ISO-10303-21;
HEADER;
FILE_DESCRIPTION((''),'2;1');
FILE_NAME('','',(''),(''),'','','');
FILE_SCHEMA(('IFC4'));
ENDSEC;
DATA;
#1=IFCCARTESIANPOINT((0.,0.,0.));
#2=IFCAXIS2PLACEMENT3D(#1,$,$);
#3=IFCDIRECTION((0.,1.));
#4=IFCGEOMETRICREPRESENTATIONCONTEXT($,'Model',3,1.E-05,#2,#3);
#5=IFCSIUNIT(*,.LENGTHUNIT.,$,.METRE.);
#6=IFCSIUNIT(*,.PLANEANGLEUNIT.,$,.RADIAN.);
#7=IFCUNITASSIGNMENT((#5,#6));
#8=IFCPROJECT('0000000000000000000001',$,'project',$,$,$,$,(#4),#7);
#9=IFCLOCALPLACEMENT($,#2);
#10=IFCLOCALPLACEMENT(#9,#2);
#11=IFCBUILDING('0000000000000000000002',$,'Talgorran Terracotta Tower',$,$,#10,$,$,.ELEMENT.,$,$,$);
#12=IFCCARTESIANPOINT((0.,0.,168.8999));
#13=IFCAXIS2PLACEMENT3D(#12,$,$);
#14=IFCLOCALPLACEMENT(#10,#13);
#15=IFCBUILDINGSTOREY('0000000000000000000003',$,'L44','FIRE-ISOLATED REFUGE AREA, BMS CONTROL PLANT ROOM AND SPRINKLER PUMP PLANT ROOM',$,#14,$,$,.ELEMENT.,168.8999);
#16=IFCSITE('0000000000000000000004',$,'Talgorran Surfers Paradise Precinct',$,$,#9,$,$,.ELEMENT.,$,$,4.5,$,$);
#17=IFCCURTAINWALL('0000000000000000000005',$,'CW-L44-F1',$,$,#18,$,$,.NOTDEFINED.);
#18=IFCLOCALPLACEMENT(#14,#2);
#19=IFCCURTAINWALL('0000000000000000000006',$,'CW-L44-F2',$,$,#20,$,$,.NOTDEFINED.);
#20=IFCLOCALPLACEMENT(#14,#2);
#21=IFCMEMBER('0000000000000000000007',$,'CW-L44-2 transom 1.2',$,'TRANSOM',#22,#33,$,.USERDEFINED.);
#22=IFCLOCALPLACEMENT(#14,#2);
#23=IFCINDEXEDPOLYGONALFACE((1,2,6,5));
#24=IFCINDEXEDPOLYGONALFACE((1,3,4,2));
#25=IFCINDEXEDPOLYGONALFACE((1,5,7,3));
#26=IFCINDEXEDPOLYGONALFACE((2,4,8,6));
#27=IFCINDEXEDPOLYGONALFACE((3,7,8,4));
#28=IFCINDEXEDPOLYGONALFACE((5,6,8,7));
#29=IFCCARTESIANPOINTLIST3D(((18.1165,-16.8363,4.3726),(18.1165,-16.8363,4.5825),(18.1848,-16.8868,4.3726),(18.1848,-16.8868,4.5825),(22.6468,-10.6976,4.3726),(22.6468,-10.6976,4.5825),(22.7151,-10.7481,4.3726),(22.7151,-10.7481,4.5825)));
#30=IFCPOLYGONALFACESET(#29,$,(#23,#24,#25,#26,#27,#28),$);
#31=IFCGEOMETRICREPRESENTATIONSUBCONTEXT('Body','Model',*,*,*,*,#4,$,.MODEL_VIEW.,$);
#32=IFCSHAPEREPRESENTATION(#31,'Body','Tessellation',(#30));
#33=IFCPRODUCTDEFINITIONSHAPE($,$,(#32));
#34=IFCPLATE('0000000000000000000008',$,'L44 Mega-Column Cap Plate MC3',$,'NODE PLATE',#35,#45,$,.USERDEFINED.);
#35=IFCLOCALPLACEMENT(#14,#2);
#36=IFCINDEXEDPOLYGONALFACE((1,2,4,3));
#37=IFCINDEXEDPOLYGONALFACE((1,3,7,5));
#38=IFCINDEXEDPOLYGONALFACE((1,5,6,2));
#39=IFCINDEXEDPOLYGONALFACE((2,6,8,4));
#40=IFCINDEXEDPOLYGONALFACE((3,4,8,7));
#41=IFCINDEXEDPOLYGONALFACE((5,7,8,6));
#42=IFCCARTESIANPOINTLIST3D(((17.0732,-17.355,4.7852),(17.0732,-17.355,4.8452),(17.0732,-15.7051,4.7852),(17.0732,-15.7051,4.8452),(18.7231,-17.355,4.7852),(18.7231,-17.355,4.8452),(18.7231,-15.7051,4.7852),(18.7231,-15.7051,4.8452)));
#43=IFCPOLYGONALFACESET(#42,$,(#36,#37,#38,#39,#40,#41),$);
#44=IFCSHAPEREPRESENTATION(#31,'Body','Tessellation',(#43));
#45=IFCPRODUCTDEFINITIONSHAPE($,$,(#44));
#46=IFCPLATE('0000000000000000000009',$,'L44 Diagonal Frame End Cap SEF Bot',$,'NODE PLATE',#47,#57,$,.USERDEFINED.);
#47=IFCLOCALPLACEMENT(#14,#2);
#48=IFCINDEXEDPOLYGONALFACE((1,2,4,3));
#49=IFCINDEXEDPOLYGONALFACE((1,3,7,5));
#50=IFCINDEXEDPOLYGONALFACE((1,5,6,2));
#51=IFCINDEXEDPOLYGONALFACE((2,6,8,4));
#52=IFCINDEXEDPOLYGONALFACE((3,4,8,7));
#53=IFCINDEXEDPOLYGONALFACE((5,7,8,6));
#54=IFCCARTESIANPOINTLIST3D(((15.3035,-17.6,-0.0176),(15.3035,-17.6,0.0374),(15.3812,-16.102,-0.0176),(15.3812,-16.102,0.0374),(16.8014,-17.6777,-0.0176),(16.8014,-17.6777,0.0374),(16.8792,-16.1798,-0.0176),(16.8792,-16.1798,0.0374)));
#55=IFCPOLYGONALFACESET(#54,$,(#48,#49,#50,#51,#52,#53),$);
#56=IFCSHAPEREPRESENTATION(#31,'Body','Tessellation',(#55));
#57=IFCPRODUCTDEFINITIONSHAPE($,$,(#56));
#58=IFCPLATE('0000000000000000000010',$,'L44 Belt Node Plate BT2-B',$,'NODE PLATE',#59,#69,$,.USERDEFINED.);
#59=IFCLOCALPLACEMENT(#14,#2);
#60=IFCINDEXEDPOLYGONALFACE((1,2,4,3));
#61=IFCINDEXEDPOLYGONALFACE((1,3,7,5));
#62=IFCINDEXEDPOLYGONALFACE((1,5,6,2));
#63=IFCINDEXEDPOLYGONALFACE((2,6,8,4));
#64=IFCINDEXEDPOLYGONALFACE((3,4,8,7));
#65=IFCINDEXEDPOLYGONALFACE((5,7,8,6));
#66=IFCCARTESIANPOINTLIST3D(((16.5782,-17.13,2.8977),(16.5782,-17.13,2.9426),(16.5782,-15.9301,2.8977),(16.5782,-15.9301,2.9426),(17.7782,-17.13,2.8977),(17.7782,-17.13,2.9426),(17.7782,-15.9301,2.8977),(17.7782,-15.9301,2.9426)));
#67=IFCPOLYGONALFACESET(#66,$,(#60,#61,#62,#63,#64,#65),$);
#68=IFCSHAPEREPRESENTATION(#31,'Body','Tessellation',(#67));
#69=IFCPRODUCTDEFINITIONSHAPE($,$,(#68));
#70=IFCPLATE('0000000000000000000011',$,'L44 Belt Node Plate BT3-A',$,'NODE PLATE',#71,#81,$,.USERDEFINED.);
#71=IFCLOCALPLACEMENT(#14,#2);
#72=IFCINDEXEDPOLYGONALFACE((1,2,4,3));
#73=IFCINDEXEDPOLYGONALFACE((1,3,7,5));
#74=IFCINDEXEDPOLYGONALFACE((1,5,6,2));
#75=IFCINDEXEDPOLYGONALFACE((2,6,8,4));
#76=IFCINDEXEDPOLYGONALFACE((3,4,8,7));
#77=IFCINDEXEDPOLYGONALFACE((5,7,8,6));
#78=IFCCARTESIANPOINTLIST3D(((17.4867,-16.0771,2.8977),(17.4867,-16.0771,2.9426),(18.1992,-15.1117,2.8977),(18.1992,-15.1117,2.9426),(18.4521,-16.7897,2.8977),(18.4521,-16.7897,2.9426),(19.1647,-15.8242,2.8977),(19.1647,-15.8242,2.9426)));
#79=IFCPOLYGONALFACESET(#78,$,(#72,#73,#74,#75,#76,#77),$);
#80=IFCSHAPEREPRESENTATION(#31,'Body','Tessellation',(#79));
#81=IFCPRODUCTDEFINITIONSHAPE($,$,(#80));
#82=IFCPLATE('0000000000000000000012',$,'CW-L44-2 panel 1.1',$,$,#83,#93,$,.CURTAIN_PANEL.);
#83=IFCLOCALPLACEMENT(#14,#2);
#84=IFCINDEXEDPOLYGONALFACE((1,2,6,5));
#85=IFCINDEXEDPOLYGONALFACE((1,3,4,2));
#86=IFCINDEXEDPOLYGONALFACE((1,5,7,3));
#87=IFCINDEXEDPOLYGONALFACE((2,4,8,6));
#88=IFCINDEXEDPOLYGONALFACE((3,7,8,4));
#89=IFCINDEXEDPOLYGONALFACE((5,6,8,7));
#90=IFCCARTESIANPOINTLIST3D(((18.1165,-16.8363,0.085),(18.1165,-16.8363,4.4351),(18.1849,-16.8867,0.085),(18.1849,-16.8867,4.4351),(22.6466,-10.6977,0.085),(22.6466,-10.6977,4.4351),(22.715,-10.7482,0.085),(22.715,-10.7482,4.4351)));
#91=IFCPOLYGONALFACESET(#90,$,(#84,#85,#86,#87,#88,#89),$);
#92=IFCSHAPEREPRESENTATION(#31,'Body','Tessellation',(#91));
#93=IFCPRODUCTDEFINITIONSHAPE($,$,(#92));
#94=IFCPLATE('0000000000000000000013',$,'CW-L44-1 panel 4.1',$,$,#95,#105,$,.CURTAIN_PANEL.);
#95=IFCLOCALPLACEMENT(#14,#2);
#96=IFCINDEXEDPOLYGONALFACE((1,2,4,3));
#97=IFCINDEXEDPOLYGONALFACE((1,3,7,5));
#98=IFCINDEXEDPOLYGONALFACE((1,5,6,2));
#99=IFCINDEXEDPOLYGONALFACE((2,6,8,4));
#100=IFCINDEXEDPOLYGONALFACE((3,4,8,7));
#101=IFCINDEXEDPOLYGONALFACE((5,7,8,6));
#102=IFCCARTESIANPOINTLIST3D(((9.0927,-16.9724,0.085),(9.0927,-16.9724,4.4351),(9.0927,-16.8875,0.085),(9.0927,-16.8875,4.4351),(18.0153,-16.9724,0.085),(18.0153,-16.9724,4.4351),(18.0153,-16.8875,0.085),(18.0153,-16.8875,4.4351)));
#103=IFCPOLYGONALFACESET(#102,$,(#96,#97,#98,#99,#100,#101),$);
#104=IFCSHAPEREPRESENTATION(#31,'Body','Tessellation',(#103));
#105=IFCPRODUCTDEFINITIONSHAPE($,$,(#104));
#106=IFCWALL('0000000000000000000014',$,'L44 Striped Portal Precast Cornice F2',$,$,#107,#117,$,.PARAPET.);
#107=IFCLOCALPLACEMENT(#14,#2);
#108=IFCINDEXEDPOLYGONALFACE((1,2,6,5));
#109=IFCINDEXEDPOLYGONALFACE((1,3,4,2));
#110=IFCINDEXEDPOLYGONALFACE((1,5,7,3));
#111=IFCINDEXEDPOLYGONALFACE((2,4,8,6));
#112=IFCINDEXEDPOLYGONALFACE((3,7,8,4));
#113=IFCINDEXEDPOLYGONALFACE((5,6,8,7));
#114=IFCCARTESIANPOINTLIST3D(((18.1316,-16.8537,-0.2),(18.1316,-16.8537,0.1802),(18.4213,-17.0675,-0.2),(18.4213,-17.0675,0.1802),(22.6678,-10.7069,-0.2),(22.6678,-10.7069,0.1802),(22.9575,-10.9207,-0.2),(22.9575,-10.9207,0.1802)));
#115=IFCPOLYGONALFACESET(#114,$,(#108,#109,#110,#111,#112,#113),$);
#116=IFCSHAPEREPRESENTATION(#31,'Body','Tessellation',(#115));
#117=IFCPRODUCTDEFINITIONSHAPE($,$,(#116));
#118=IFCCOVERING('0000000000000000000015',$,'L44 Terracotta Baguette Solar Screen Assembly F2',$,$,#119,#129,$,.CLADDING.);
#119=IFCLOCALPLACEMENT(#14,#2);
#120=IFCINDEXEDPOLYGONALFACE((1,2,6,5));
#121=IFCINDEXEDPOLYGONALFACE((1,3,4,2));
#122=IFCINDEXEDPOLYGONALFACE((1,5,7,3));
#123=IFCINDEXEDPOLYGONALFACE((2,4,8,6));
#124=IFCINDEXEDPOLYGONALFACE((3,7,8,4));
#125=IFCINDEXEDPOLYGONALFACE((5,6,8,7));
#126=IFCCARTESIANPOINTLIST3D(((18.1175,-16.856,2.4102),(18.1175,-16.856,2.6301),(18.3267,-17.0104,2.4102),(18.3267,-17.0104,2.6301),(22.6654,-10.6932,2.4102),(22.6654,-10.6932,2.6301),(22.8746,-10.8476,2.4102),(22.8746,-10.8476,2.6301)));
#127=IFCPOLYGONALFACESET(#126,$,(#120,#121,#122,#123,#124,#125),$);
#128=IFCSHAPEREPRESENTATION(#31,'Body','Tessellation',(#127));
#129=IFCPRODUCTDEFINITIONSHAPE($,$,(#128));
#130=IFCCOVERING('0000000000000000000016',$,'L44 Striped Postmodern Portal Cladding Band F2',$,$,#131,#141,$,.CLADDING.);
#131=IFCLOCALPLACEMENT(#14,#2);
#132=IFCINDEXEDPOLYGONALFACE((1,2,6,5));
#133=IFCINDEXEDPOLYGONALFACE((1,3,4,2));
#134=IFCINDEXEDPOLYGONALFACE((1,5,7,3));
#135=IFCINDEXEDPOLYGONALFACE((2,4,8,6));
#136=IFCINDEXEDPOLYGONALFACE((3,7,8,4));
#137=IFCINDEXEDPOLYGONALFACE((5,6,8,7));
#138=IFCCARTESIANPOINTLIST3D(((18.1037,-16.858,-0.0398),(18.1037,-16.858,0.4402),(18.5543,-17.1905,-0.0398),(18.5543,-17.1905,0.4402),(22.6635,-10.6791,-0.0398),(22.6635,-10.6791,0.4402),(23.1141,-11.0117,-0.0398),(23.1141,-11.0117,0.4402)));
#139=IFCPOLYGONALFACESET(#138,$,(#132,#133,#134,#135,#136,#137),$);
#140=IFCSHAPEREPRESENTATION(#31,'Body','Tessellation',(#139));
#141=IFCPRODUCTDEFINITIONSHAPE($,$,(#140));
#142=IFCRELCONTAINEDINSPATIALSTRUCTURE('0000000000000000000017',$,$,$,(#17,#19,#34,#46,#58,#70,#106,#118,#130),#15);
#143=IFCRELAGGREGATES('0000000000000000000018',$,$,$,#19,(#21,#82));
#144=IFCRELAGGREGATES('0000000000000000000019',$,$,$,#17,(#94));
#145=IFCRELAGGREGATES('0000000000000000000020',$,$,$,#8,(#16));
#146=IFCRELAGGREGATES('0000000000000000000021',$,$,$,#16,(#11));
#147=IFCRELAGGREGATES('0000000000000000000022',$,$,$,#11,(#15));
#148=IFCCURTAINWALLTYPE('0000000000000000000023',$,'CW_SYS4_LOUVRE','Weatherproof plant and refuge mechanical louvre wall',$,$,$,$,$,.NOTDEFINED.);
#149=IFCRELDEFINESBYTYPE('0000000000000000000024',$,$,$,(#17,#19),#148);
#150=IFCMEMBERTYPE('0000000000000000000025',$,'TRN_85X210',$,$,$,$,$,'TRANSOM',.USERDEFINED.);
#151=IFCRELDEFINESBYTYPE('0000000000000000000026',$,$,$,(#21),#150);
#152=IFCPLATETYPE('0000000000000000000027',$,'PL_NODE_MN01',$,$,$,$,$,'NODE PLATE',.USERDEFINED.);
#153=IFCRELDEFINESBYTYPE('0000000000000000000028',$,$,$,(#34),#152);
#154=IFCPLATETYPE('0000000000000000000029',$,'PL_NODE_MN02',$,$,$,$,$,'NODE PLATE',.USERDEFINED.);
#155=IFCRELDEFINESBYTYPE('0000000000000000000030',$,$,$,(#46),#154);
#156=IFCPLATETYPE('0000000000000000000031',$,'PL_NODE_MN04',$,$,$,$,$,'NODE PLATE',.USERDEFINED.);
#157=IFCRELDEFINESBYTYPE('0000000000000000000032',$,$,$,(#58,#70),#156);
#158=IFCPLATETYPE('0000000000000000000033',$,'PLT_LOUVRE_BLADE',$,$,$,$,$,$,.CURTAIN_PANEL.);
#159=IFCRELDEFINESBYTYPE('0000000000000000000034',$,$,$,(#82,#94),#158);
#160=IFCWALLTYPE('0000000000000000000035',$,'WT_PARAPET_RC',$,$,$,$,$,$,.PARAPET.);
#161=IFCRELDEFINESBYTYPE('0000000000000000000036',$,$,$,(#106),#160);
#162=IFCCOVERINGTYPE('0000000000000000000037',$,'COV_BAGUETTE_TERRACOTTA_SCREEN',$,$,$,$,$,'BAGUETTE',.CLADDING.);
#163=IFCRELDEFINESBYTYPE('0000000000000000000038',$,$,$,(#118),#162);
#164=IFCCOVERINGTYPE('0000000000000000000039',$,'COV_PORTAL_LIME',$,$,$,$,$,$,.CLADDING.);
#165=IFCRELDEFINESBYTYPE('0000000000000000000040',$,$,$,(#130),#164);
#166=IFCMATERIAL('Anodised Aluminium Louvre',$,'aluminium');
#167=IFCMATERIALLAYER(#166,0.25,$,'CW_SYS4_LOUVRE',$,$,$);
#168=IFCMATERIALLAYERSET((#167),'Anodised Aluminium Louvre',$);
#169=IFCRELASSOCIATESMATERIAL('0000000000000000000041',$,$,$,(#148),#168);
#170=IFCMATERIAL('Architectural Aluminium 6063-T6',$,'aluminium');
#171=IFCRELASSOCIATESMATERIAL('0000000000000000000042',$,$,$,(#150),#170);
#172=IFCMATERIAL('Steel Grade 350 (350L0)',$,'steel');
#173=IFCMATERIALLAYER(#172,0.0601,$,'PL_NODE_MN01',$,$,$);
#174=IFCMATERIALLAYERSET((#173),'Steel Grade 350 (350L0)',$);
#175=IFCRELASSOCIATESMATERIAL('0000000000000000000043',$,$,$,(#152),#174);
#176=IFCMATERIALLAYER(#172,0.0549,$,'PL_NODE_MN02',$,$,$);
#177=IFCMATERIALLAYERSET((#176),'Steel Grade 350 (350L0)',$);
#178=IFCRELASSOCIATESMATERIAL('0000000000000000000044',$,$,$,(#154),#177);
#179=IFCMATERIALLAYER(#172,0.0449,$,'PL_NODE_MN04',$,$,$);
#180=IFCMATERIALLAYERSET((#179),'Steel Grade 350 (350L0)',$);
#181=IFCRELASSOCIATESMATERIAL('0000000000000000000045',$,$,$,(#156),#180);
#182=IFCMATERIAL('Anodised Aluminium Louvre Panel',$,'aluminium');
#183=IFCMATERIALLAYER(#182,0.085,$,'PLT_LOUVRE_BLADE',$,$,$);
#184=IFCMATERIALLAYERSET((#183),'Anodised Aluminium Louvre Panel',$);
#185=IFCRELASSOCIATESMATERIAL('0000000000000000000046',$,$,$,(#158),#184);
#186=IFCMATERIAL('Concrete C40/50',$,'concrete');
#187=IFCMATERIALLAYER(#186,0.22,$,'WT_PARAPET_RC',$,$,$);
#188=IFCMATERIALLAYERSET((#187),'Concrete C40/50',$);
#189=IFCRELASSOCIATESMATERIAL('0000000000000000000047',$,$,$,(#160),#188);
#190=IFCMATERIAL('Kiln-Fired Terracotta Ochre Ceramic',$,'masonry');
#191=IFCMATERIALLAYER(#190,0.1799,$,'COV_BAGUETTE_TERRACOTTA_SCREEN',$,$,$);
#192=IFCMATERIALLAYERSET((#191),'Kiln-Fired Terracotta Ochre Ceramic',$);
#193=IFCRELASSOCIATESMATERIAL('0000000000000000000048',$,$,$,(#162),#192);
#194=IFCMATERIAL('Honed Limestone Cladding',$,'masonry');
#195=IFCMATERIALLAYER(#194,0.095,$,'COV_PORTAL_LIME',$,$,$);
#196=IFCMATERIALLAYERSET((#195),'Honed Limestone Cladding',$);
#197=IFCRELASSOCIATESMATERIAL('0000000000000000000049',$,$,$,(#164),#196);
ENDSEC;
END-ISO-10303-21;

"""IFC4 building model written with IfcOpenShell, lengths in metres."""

from ifc_helpers import new_model, si_unit, direction, frame, frame_2d, origin, origin_2d, place, context, subcontext, project, spatial, rectangle, extrude, source, transform, mapped, material, layer, layer_set, material_profile, profile_set, type_object, type_shapes, element, aggregate, save


model = new_model("IFC4")

# Units and contexts
model_context = context("Model", 3, precision=1e-05, world=origin(), true_north=direction((0.0, 1.0)))
body_context = subcontext(model_context, "Body", "Model", "MODEL_VIEW")
ifc_project = project(units=[si_unit("LENGTHUNIT", "METRE"), si_unit("PLANEANGLEUNIT", "RADIAN")], contexts=[model_context])

# Site, building, storey
site_placement = place(None, origin())
site = spatial("IfcSite", under=ifc_project, at=site_placement, Name="Talgorran Surfers Paradise Precinct", CompositionType="ELEMENT", RefElevation=4.5)
building_placement = place(site_placement, origin())
building = spatial("IfcBuilding", under=site, at=building_placement, Name="Talgorran Terracotta Tower", CompositionType="ELEMENT")
storey_placement = place(building_placement, frame((0.0, 0.0, 168.8999)))
storey = spatial("IfcBuildingStorey", under=building, at=storey_placement, Name="L44", Description="FIRE-ISOLATED REFUGE AREA, BMS CONTROL PLANT ROOM AND SPRINKLER PUMP PLANT ROOM", CompositionType="ELEMENT", Elevation=168.8999)

# Shared definitions
ifc_material_1 = material(Name="Steel Grade 350 (350L0)", Category="steel")

# Curtain wall
ifc_material_2 = material(Name="Anodised Aluminium Louvre", Category="aluminium")
ifc_layer_1 = layer(ifc_material_2, 0.25, Name="CW_SYS4_LOUVRE")
ifc_layer_set_1 = layer_set([ifc_layer_1], Name="Anodised Aluminium Louvre")
curtain_wall_type = type_object("IfcCurtainWallType", Name="CW_SYS4_LOUVRE", Description="Weatherproof plant and refuge mechanical louvre wall", PredefinedType="NOTDEFINED", material=ifc_layer_set_1)
curtain_wall_1_placement = place(storey_placement, origin())
curtain_wall_1 = element("IfcCurtainWall", 1, at=curtain_wall_1_placement, inside=storey, type_object=curtain_wall_type, Name="CW-L44-F1", PredefinedType="NOTDEFINED")
ifc_material_3 = material(Name="Architectural Aluminium 6063-T6", Category="aluminium")

# Curtain wall, member
curtain_wall_2_placement = place(storey_placement, origin())
curtain_wall_2 = element("IfcCurtainWall", 2, at=curtain_wall_2_placement, inside=storey, type_object=curtain_wall_type, Name="CW-L44-F2", PredefinedType="NOTDEFINED")
ifc_material_profile_1 = material_profile(ifc_material_3, rectangle(XDim=0.085, YDim=0.21, at=origin_2d()), Name="CWT85X210")
ifc_profile_set_1 = profile_set([ifc_material_profile_1], Name="Architectural Aluminium 6063-T6")
member_type_1 = type_object("IfcMemberType", Name="TRN_85X210", ElementType="TRANSOM", PredefinedType="USERDEFINED", material=ifc_profile_set_1)
member_1_placement = place(storey_placement, frame((18.1506, -16.8616, 4.4775), z_axis=(0.593797, 0.804615, 0.0), x_axis=(-0.804615, 0.593797, 0.0)))
member_1 = element("IfcMember", 3, at=member_1_placement, type_object=member_type_1, Name="CW-L44-2 transom 1.2", ObjectType="TRANSOM", PredefinedType="USERDEFINED", context=body_context, shape_type="SweptSolid", body=[
    extrude(rectangle(XDim=0.085, YDim=0.21, at=origin_2d()), origin(), (0.0, 0.0, 1.0), 7.6294),
])

# Plates
ifc_layer_2 = layer(ifc_material_1, 0.0601, Name="PL_NODE_MN01")
ifc_layer_set_2 = layer_set([ifc_layer_2], Name="Steel Grade 350 (350L0)")
plate_type_1 = type_object("IfcPlateType", Name="PL_NODE_MN01", ElementType="NODE PLATE", PredefinedType="USERDEFINED", material=ifc_layer_set_2)
plate_1_placement = place(storey_placement, frame((17.8982, -16.53, 4.7852), z_axis=(0.0, 0.0, 1.0), x_axis=(1.0, 0.0, 0.0)))
element("IfcPlate", 4, at=plate_1_placement, inside=storey, type_object=plate_type_1, Name="L44 Mega-Column Cap Plate MC3", ObjectType="NODE PLATE", PredefinedType="USERDEFINED", context=body_context, shape_type="SweptSolid", body=[
    extrude(rectangle(XDim=1.6499, YDim=1.6499, at=origin_2d()), origin(), (0.0, 0.0, 1.0), 0.0601),
])
ifc_layer_3 = layer(ifc_material_1, 0.0549, Name="PL_NODE_MN02")
ifc_layer_set_3 = layer_set([ifc_layer_3], Name="Steel Grade 350 (350L0)")
plate_type_2 = type_object("IfcPlateType", Name="PL_NODE_MN02", ElementType="NODE PLATE", PredefinedType="USERDEFINED", material=ifc_layer_set_3)
plate_2_placement = place(storey_placement, frame((16.0913, -16.8899, -0.0176), z_axis=(0.0, 0.0, 1.0), x_axis=(-0.998657, 0.051813, 0.0)))
element("IfcPlate", 5, at=plate_2_placement, inside=storey, type_object=plate_type_2, Name="L44 Diagonal Frame End Cap SEF Bot", ObjectType="NODE PLATE", PredefinedType="USERDEFINED", context=body_context, shape_type="SweptSolid", body=[
    extrude(rectangle(XDim=1.5, YDim=1.5, at=origin_2d()), origin(), (0.0, 0.0, 1.0), 0.0549),
])
ifc_layer_4 = layer(ifc_material_1, 0.0449, Name="PL_NODE_MN04")
ifc_layer_set_4 = layer_set([ifc_layer_4], Name="Steel Grade 350 (350L0)")
plate_type_3 = type_object("IfcPlateType", Name="PL_NODE_MN04", ElementType="NODE PLATE", PredefinedType="USERDEFINED", material=ifc_layer_set_4)
for number, where, z_axis, x_axis, name in (
    (6, (17.1782, -16.53, 2.8977), (0.0, 0.0, 1.0), (1.0, 0.0, 0.0), "L44 Belt Node Plate BT2-B"),
    (7, (18.3257, -15.9507, 2.8977), (0.0, 0.0, 1.0), (0.59384, 0.804583, 0.0), "L44 Belt Node Plate BT3-A"),
):
    element("IfcPlate", number, at=place(storey_placement, frame(where, z_axis=z_axis, x_axis=x_axis)), inside=storey, type_object=plate_type_3, Name=name, ObjectType="NODE PLATE", PredefinedType="USERDEFINED", context=body_context, shape_type="SweptSolid", body=[
        extrude(rectangle(XDim=1.2, YDim=1.2, at=origin_2d()), origin(), (0.0, 0.0, 1.0), 0.0449),
    ])

# Plates
ifc_material_4 = material(Name="Anodised Aluminium Louvre Panel", Category="aluminium")
ifc_layer_5 = layer(ifc_material_4, 0.085, Name="PLT_LOUVRE_BLADE")
ifc_layer_set_5 = layer_set([ifc_layer_5], Name="Anodised Aluminium Louvre Panel")
plate_type_4 = type_object("IfcPlateType", Name="PLT_LOUVRE_BLADE", PredefinedType="CURTAIN_PANEL", material=ifc_layer_set_5)
shared_shape_1 = source(origin(), body_context, "Body", "SweptSolid", [
    extrude(rectangle(XDim=7.6292, YDim=0.085, at=origin_2d()), origin(), (0.0, 0.0, 1.0), 4.3501),
])
plate_3_placement = place(storey_placement, frame((20.4158, -13.7922, 0.085), z_axis=(0.0, 0.0, 1.0), x_axis=(0.593791, 0.80462, 0.0)))
plate_3 = element("IfcPlate", 8, at=plate_3_placement, type_object=plate_type_4, Name="CW-L44-2 panel 1.1", PredefinedType="CURTAIN_PANEL", context=body_context, shape_type="MappedRepresentation", body=[
    mapped(shared_shape_1, transform((0.0, 0.0, 0.0), scale=1.0)),
])
aggregate(curtain_wall_2, [member_1, plate_3])
shared_shape_2 = source(origin(), body_context, "Body", "SweptSolid", [
    extrude(rectangle(XDim=8.9226, YDim=0.085, at=origin_2d()), origin(), (0.0, 0.0, 1.0), 4.3501),
])
type_shapes(plate_type_4, [shared_shape_1, shared_shape_2])
plate_4_placement = place(storey_placement, frame((13.554, -16.9299, 0.085), z_axis=(0.0, 0.0, 1.0), x_axis=(1.0, 0.0, 0.0)))
plate_4 = element("IfcPlate", 9, at=plate_4_placement, type_object=plate_type_4, Name="CW-L44-1 panel 4.1", PredefinedType="CURTAIN_PANEL", context=body_context, shape_type="MappedRepresentation", body=[
    mapped(shared_shape_2, transform((0.0, 0.0, 0.0), scale=1.0)),
])
aggregate(curtain_wall_1, [plate_4])

# Wall
ifc_material_5 = material(Name="Concrete C40/50", Category="concrete")
ifc_layer_6 = layer(ifc_material_5, 0.22, Name="WT_PARAPET_RC")
ifc_layer_set_6 = layer_set([ifc_layer_6], Name="Concrete C40/50")
wall_type = type_object("IfcWallType", Name="WT_PARAPET_RC", PredefinedType="PARAPET", material=ifc_layer_set_6)
wall_placement = place(storey_placement, frame((18.2764, -16.9607, -0.2), z_axis=(0.0, 0.0, 1.0), x_axis=(0.59379, 0.80462, 0.0)))
element("IfcWall", 10, at=wall_placement, inside=storey, type_object=wall_type, Name="L44 Striped Portal Precast Cornice F2", PredefinedType="PARAPET", context=body_context, shape_type="SweptSolid", body=[
    extrude(rectangle(XDim=7.6394, YDim=0.3601, at=frame_2d((3.8198, 0.0))), origin(), (0.0, 0.0, 1.0), 0.3801),
])

# Coverings
ifc_material_6 = material(Name="Kiln-Fired Terracotta Ochre Ceramic", Category="masonry")
ifc_layer_7 = layer(ifc_material_6, 0.1799, Name="COV_BAGUETTE_TERRACOTTA_SCREEN")
ifc_layer_set_7 = layer_set([ifc_layer_7], Name="Kiln-Fired Terracotta Ochre Ceramic")
covering_type_1 = type_object("IfcCoveringType", Name="COV_BAGUETTE_TERRACOTTA_SCREEN", ElementType="BAGUETTE", PredefinedType="CLADDING", material=ifc_layer_set_7)
covering_1_placement = place(storey_placement, frame((20.4961, -13.8518, 2.4102), z_axis=(0.0, 0.0, 1.0), x_axis=(0.593784, 0.804624, 0.0)))
element("IfcCovering", 11, at=covering_1_placement, inside=storey, type_object=covering_type_1, Name="L44 Terracotta Baguette Solar Screen Assembly F2", PredefinedType="CLADDING", context=body_context, shape_type="SweptSolid", body=[
    extrude(rectangle(XDim=7.6592, YDim=0.26, at=origin_2d()), origin(), (0.0, 0.0, 1.0), 0.22),
])
ifc_material_7 = material(Name="Honed Limestone Cladding", Category="masonry")
ifc_layer_8 = layer(ifc_material_7, 0.095, Name="COV_PORTAL_LIME")
ifc_layer_set_8 = layer_set([ifc_layer_8], Name="Honed Limestone Cladding")
covering_type_2 = type_object("IfcCoveringType", Name="COV_PORTAL_LIME", PredefinedType="CLADDING", material=ifc_layer_set_8)
covering_2_placement = place(storey_placement, frame((20.6089, -13.9348, -0.0398), z_axis=(0.0, 0.0, 1.0), x_axis=(0.593784, 0.804624, 0.0)))
element("IfcCovering", 12, at=covering_2_placement, inside=storey, type_object=covering_type_2, Name="L44 Striped Postmodern Portal Cladding Band F2", PredefinedType="CLADDING", context=body_context, shape_type="SweptSolid", body=[
    extrude(rectangle(XDim=7.6792, YDim=0.5601, at=origin_2d()), origin(), (0.0, 0.0, 1.0), 0.48),
])

save(model, "model.ifc")
